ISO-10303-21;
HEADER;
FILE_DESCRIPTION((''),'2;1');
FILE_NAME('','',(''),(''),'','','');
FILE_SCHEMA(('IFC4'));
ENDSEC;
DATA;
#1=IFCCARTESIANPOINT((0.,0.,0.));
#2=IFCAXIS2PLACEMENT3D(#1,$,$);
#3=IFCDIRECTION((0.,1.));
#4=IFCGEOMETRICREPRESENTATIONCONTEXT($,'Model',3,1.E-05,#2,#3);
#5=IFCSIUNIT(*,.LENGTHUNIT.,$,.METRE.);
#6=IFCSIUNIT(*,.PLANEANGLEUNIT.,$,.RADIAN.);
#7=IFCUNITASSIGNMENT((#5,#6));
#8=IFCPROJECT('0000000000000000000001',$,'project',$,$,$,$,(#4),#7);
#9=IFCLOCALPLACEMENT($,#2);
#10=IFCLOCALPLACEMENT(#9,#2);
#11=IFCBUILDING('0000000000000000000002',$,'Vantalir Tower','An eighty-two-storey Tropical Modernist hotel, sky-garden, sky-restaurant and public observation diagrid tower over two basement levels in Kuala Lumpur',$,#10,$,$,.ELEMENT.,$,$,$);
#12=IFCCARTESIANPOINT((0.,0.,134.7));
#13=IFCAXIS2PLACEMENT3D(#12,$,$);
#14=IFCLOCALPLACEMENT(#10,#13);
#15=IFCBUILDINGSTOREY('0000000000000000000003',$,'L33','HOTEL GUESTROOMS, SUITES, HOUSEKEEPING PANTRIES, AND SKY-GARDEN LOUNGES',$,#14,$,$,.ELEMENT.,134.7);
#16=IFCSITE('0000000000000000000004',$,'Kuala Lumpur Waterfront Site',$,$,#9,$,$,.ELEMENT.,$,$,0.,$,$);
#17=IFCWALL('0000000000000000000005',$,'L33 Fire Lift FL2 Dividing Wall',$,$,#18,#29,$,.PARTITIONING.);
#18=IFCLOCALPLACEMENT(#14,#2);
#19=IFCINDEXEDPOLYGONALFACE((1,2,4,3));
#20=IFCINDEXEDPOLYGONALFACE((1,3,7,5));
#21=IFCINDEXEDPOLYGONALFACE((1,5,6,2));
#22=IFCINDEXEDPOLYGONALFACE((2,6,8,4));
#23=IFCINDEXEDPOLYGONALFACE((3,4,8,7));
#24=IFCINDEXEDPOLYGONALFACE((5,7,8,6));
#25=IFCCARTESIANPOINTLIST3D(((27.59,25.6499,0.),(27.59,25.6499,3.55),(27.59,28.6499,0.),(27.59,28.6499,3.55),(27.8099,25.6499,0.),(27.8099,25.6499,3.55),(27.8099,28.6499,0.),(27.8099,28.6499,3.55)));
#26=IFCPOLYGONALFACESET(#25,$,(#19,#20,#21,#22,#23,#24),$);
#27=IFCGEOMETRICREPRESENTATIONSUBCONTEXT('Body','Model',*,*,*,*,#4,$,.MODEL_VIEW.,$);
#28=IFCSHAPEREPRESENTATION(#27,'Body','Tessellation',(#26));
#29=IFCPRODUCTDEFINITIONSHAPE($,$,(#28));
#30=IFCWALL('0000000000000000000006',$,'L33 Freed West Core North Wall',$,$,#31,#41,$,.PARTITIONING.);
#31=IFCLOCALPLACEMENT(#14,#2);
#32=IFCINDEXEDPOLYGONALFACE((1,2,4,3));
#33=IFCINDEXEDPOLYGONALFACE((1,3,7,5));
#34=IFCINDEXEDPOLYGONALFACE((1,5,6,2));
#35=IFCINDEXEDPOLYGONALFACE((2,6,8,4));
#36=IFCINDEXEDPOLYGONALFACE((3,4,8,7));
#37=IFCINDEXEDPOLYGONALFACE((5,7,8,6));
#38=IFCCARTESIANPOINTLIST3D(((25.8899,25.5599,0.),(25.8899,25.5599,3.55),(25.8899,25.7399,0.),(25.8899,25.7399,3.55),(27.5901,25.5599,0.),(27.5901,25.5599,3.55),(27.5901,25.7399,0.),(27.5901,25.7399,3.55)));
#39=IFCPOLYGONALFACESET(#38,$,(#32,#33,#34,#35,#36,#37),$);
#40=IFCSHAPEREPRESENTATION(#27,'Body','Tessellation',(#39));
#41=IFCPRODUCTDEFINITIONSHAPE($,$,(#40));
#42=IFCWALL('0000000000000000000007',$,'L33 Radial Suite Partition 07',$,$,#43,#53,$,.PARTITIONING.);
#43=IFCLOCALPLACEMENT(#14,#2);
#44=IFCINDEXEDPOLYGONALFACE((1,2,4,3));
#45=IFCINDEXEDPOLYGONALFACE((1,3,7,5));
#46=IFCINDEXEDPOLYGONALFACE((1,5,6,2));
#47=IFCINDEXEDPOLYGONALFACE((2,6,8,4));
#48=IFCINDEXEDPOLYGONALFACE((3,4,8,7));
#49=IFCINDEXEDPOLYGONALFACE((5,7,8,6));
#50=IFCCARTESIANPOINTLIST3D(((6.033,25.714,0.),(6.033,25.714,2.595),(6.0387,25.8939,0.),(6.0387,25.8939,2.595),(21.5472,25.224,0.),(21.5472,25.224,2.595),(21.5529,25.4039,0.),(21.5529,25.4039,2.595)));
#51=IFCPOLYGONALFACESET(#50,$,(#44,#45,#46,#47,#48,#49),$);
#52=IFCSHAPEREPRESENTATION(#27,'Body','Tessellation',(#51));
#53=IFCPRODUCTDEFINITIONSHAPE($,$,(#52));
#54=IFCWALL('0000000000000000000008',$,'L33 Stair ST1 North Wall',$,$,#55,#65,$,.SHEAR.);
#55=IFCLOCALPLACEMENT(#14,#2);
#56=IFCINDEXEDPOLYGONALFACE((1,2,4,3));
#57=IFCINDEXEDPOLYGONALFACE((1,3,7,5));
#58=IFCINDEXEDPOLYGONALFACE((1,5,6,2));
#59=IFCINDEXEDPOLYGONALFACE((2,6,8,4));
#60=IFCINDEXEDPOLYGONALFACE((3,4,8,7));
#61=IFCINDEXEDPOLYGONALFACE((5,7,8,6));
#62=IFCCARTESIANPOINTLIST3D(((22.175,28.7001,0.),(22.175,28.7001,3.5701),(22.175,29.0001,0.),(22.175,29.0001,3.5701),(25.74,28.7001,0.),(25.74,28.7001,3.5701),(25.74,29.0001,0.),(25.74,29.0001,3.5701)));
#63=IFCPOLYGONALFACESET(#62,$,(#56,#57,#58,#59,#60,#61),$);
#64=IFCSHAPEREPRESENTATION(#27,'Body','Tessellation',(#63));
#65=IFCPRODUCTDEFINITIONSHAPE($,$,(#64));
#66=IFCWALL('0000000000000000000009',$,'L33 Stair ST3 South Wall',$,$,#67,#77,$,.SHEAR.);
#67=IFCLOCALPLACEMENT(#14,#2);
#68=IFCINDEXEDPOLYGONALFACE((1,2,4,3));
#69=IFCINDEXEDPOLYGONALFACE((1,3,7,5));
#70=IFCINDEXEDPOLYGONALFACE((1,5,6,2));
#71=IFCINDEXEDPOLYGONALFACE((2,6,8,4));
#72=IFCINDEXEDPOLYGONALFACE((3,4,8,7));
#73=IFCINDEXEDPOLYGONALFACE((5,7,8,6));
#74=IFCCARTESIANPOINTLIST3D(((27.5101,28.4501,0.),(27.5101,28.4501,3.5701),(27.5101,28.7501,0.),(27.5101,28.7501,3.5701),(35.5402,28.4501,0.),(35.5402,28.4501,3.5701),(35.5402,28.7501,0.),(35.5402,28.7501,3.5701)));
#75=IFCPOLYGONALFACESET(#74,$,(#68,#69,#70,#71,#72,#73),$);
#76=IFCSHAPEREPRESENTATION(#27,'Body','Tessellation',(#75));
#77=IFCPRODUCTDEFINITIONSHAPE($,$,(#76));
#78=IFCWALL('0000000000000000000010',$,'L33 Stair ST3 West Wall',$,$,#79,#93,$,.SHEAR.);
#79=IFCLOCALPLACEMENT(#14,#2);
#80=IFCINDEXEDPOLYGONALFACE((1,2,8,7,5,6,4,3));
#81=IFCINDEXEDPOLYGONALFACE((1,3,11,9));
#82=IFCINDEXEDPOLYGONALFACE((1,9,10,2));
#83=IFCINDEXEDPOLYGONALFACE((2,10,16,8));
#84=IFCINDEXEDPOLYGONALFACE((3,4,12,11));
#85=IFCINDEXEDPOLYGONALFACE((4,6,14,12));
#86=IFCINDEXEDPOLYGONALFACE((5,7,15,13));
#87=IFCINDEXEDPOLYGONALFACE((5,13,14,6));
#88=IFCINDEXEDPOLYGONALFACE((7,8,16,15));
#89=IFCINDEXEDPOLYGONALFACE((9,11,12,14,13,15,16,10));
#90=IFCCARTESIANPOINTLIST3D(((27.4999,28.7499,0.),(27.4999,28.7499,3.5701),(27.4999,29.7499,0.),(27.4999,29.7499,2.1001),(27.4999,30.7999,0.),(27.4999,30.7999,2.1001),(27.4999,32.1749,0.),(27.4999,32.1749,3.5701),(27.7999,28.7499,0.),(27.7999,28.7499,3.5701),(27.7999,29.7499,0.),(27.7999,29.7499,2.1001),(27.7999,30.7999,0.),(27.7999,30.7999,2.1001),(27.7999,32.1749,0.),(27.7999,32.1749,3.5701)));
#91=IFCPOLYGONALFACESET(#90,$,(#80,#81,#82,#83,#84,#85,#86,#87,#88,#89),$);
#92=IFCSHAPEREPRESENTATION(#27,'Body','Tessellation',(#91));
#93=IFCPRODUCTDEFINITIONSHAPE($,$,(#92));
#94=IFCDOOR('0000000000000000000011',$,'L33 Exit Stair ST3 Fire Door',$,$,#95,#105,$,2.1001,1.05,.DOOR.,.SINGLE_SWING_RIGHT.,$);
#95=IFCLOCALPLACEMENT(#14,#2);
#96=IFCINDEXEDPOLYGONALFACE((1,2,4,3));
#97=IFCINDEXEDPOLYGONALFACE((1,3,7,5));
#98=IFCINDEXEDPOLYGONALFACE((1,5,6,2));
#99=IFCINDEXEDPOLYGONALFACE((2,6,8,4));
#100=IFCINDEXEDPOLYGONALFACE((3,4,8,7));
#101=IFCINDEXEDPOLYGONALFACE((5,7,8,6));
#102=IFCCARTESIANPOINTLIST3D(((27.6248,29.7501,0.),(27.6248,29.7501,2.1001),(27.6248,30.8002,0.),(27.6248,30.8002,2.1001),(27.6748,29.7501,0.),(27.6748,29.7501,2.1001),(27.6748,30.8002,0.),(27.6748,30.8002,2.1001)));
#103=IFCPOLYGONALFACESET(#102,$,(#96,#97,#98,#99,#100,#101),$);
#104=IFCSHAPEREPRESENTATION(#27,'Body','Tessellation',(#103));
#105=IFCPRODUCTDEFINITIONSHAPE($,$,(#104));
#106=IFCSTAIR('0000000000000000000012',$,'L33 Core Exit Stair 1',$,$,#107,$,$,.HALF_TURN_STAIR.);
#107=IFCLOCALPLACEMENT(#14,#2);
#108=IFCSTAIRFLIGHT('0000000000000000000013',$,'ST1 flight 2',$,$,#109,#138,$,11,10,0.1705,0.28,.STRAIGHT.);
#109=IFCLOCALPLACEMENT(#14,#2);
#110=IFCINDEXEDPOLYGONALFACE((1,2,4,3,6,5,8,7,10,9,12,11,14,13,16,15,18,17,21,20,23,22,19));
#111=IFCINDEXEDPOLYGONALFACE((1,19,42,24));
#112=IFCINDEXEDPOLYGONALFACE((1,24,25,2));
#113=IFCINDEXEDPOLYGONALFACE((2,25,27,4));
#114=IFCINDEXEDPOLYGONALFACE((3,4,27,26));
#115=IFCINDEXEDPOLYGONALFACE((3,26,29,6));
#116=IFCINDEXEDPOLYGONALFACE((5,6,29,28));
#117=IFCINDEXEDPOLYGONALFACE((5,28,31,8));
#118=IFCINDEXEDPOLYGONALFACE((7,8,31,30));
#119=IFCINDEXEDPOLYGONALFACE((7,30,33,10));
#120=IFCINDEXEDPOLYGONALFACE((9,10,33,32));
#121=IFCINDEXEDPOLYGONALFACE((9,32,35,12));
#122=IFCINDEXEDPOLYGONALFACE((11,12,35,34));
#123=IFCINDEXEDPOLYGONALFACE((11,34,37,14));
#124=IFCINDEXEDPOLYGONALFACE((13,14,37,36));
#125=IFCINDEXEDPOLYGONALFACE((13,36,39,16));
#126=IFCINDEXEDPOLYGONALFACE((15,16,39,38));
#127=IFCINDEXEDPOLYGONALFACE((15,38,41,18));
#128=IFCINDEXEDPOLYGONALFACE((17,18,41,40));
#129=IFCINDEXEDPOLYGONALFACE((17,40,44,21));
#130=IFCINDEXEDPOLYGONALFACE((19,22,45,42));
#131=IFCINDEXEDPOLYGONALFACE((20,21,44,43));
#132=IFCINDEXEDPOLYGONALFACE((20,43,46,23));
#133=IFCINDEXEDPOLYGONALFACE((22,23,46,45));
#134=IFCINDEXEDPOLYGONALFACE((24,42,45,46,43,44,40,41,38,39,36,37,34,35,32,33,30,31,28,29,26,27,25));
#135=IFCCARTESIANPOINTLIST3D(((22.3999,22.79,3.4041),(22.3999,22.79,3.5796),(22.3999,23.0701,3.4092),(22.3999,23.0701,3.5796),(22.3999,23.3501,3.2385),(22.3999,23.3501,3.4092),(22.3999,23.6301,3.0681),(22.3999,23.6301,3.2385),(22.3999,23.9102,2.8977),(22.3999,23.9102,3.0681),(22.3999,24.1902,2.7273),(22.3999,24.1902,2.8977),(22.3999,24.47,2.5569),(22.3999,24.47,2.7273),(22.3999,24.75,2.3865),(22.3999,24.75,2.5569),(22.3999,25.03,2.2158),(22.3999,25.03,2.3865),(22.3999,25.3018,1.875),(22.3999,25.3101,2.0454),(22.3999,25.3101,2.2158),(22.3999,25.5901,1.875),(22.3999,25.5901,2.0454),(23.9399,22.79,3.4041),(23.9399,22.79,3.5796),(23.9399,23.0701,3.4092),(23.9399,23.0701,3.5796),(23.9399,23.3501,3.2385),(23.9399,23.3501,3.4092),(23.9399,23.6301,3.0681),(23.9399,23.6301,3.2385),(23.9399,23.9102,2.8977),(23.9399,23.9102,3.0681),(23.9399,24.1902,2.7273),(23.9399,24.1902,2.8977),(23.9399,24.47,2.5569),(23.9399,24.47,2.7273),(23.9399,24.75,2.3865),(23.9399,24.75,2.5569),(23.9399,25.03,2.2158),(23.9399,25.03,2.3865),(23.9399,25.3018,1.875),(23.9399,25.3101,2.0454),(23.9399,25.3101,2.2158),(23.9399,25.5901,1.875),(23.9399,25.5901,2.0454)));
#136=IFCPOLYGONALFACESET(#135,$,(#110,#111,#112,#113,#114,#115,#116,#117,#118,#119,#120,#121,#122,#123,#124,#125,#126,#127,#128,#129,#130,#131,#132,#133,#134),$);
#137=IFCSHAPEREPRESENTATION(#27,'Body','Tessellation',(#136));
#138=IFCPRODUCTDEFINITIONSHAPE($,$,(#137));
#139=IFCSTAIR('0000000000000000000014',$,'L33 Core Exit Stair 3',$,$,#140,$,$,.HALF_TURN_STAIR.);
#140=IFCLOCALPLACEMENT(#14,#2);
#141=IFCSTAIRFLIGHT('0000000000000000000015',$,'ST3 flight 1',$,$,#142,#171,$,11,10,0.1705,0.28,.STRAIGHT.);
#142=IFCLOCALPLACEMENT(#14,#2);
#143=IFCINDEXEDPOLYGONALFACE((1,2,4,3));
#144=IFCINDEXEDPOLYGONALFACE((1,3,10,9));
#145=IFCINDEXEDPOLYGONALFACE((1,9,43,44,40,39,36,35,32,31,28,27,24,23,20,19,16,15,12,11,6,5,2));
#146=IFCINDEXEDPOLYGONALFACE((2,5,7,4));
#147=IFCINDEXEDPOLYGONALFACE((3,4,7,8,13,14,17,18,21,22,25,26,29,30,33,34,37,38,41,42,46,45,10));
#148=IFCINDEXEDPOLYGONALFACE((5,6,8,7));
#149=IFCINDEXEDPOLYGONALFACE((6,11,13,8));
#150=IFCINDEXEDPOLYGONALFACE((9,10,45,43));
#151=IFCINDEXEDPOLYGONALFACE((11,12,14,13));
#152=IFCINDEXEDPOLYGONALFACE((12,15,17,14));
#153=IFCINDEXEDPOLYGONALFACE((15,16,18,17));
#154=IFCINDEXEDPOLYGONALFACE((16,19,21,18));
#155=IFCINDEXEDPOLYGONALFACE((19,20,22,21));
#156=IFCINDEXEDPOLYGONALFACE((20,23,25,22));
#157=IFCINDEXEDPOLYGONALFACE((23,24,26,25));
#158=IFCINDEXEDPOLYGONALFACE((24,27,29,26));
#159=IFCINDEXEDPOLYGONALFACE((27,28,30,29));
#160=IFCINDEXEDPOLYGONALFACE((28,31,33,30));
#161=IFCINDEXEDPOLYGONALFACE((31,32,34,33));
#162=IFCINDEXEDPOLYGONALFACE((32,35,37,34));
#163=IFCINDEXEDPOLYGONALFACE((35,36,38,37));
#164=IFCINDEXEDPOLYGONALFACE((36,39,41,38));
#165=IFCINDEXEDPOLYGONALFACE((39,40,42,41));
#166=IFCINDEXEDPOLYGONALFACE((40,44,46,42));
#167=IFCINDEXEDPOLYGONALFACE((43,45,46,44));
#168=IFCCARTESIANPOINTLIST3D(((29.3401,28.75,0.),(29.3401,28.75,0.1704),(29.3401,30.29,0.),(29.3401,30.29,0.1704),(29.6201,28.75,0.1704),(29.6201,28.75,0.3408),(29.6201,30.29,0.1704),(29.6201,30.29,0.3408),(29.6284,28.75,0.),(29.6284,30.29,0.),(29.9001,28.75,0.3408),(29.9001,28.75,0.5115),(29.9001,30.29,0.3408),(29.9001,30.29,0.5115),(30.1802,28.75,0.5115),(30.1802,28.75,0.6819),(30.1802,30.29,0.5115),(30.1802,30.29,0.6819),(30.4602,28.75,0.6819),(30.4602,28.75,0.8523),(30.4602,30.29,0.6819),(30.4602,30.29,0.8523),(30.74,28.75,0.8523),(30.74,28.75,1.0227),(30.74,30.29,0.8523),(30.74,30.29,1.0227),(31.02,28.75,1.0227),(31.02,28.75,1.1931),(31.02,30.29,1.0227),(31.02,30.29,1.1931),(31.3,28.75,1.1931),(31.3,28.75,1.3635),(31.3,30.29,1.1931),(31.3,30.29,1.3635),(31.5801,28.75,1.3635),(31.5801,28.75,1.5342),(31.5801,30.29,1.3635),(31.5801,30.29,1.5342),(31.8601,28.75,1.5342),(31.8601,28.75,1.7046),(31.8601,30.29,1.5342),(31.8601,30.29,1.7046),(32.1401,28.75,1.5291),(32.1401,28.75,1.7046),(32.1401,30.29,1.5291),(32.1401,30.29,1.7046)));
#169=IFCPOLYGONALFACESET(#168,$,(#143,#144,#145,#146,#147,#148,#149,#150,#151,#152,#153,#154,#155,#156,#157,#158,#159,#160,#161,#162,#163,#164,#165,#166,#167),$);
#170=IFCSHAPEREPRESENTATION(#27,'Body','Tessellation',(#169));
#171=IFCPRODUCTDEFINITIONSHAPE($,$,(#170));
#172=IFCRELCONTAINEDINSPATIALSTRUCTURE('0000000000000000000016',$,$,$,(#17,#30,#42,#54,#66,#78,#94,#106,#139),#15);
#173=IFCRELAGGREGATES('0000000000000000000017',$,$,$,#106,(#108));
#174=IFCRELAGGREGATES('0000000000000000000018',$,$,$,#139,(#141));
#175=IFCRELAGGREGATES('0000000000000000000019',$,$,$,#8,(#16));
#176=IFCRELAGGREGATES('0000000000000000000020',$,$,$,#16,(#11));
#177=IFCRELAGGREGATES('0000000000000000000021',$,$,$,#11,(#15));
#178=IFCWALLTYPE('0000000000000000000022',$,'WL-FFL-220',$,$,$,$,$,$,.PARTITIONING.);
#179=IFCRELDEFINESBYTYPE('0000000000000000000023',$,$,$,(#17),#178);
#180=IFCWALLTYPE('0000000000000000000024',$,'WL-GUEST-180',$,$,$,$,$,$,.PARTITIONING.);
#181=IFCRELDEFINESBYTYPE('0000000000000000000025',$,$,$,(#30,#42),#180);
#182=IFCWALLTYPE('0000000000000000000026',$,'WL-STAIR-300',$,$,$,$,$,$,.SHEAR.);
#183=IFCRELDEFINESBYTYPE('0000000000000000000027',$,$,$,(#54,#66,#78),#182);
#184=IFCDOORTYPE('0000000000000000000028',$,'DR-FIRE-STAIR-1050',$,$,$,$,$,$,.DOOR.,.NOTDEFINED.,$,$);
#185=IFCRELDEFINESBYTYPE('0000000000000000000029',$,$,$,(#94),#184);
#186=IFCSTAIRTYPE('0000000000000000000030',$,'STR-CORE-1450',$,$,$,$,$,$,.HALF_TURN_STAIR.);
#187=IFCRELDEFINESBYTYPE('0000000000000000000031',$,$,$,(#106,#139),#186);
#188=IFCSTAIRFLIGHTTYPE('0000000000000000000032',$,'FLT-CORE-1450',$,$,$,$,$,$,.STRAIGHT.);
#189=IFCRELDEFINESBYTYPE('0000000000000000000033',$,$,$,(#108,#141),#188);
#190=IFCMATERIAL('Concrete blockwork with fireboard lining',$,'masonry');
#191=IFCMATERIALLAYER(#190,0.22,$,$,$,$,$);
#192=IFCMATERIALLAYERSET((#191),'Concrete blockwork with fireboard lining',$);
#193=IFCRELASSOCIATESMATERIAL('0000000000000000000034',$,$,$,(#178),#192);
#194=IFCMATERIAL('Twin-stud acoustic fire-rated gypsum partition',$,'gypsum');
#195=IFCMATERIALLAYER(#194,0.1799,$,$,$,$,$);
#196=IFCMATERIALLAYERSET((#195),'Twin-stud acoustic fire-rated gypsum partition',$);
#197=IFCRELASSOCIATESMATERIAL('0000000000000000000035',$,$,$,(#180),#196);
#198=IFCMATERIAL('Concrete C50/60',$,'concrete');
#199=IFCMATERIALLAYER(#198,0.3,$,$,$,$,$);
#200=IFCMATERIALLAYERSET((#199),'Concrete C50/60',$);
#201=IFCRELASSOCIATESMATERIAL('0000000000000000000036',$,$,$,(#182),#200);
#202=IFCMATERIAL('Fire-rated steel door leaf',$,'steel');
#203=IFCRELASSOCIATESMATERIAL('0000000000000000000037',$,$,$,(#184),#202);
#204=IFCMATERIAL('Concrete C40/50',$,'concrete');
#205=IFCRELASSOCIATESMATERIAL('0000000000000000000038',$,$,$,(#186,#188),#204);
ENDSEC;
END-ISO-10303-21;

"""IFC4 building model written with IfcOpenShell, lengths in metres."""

from ifc_helpers import new_model, si_unit, direction, frame, frame_2d, origin, place, context, subcontext, project, spatial, polyline, rectangle, outline, extrude, material, layer, layer_set, type_object, element, fill, aggregate, save


model = new_model("IFC4")

# Units and contexts
model_context = context("Model", 3, precision=1e-05, world=origin(), true_north=direction((0.0, 1.0)))
body_context = subcontext(model_context, "Body", "Model", "MODEL_VIEW")
ifc_project = project(units=[si_unit("LENGTHUNIT", "METRE"), si_unit("PLANEANGLEUNIT", "RADIAN")], contexts=[model_context])

# Site, building, storey
site_placement = place(None, origin())
site = spatial("IfcSite", under=ifc_project, at=site_placement, Name="Kuala Lumpur Waterfront Site", CompositionType="ELEMENT", RefElevation=0.0)
building_placement = place(site_placement, origin())
building = spatial("IfcBuilding", under=site, at=building_placement, Name="Vantalir Tower", Description="An eighty-two-storey Tropical Modernist hotel, sky-garden, sky-restaurant and public observation diagrid tower over two basement levels in Kuala Lumpur", CompositionType="ELEMENT")
storey_placement = place(building_placement, frame((0.0, 0.0, 134.7)))
storey = spatial("IfcBuildingStorey", under=building, at=storey_placement, Name="L33", Description="HOTEL GUESTROOMS, SUITES, HOUSEKEEPING PANTRIES, AND SKY-GARDEN LOUNGES", CompositionType="ELEMENT", Elevation=134.7)

# Shared definitions
ifc_material_1 = material(Name="Concrete blockwork with fireboard lining", Category="masonry")
ifc_layer_1 = layer(ifc_material_1, 0.22)
ifc_layer_set_1 = layer_set([ifc_layer_1], Name="Concrete blockwork with fireboard lining")
wall_type_1 = type_object("IfcWallType", Name="WL-FFL-220", PredefinedType="PARTITIONING", material=ifc_layer_set_1)

# Walls
wall_1_placement = place(storey_placement, frame((27.7, 25.6499, 0.0), z_axis=(0.0, 0.0, 1.0), x_axis=(0.0, 1.0, 0.0)))
element("IfcWall", 1, at=wall_1_placement, inside=storey, type_object=wall_type_1, Name="L33 Fire Lift FL2 Dividing Wall", PredefinedType="PARTITIONING", context=body_context, shape_type="SweptSolid", body=[
    extrude(rectangle(XDim=3.0, YDim=0.22, at=frame_2d((1.5, 0.0))), origin(), (0.0, 0.0, 1.0), 3.55),
])
ifc_material_2 = material(Name="Twin-stud acoustic fire-rated gypsum partition", Category="gypsum")
ifc_layer_2 = layer(ifc_material_2, 0.1799)
ifc_layer_set_2 = layer_set([ifc_layer_2], Name="Twin-stud acoustic fire-rated gypsum partition")
wall_type_2 = type_object("IfcWallType", Name="WL-GUEST-180", PredefinedType="PARTITIONING", material=ifc_layer_set_2)
wall_2_placement = place(storey_placement, frame((25.8899, 25.6499, 0.0), z_axis=(0.0, 0.0, 1.0), x_axis=(1.0, 0.0, 0.0)))
element("IfcWall", 2, at=wall_2_placement, inside=storey, type_object=wall_type_2, Name="L33 Freed West Core North Wall", PredefinedType="PARTITIONING", context=body_context, shape_type="SweptSolid", body=[
    extrude(rectangle(XDim=1.7002, YDim=0.1799, at=frame_2d((0.8501, 0.0))), origin(), (0.0, 0.0, 1.0), 3.55),
])
wall_3_placement = place(storey_placement, frame((21.55, 25.314, 0.0), z_axis=(0.0, 0.0, 1.0), x_axis=(-0.999502, 0.031568, 0.0)))
element("IfcWall", 3, at=wall_3_placement, inside=storey, type_object=wall_type_2, Name="L33 Radial Suite Partition 07", PredefinedType="PARTITIONING", context=body_context, shape_type="SweptSolid", body=[
    extrude(rectangle(XDim=15.522, YDim=0.1799, at=frame_2d((7.761, 0.0))), origin(), (0.0, 0.0, 1.0), 2.595),
])
ifc_material_3 = material(Name="Concrete C50/60", Category="concrete")
ifc_layer_3 = layer(ifc_material_3, 0.3)
ifc_layer_set_3 = layer_set([ifc_layer_3], Name="Concrete C50/60")
wall_type_3 = type_object("IfcWallType", Name="WL-STAIR-300", PredefinedType="SHEAR", material=ifc_layer_set_3)
wall_4_placement = place(storey_placement, frame((22.175, 28.8501, 0.0), z_axis=(0.0, 0.0, 1.0), x_axis=(1.0, 0.0, 0.0)))
element("IfcWall", 4, at=wall_4_placement, inside=storey, type_object=wall_type_3, Name="L33 Stair ST1 North Wall", PredefinedType="SHEAR", context=body_context, shape_type="SweptSolid", body=[
    extrude(rectangle(XDim=3.5649, YDim=0.3, at=frame_2d((1.7825, 0.0))), origin(), (0.0, 0.0, 1.0), 3.5701),
])
wall_5_placement = place(storey_placement, frame((27.51, 28.6001, 0.0), z_axis=(0.0, 0.0, 1.0), x_axis=(1.0, 0.0, 0.0)))
element("IfcWall", 5, at=wall_5_placement, inside=storey, type_object=wall_type_3, Name="L33 Stair ST3 South Wall", PredefinedType="SHEAR", context=body_context, shape_type="SweptSolid", body=[
    extrude(rectangle(XDim=8.03, YDim=0.3, at=frame_2d((4.0151, 0.0))), origin(), (0.0, 0.0, 1.0), 3.5701),
])

# Wall, opening, door
wall_6_placement = place(storey_placement, frame((27.6499, 28.75, 0.0), z_axis=(0.0, 0.0, 1.0), x_axis=(0.0, 1.0, 0.0)))
wall_6 = element("IfcWall", 6, at=wall_6_placement, inside=storey, type_object=wall_type_3, Name="L33 Stair ST3 West Wall", PredefinedType="SHEAR", context=body_context, shape_type="SweptSolid", body=[
    extrude(rectangle(XDim=3.425, YDim=0.3, at=frame_2d((1.7124, 0.0))), origin(), (0.0, 0.0, 1.0), 3.5701),
])
opening_1_placement = place(wall_6_placement, frame((1.0, 0.0, 0.0)))
opening_1 = element("IfcOpeningElement", 7, at=opening_1_placement, cuts=wall_6, PredefinedType="OPENING", context=body_context, shape_type="SweptSolid", body=[
    extrude(rectangle(XDim=1.05, YDim=2.1001, at=frame_2d((0.5249, 1.05))), frame((0.0, 0.1599, 0.0), z_axis=(0.0, -1.0, 0.0), x_axis=(1.0, 0.0, 0.0)), (0.0, 0.0, 1.0), 0.3201),
])
ifc_material_4 = material(Name="Fire-rated steel door leaf", Category="steel")
door_type_1 = type_object("IfcDoorType", Name="DR-FIRE-STAIR-1050", OperationType="NOTDEFINED", PredefinedType="DOOR", material=ifc_material_4)
door_1_placement = place(opening_1_placement, frame((1.05, 0.0, 0.0), z_axis=(0.0, 0.0, 1.0), x_axis=(-1.0, 0.0, 0.0)))
door_1 = element("IfcDoor", 8, at=door_1_placement, inside=storey, type_object=door_type_1, Name="L33 Exit Stair ST3 Fire Door", OperationType="SINGLE_SWING_RIGHT", OverallHeight=2.1001, OverallWidth=1.05, PredefinedType="DOOR", context=body_context, shape_type="SweptSolid", body=[
    extrude(rectangle(XDim=1.05, YDim=2.1001, at=frame_2d((0.5249, 1.05))), frame((0.0, 0.0249, 0.0), z_axis=(0.0, -1.0, 0.0), x_axis=(1.0, 0.0, 0.0)), (0.0, 0.0, 1.0), 0.05),
])
fill(opening_1, door_1)

# Stairs, stair flights
ifc_material_5 = material(Name="Concrete C40/50", Category="concrete")
stair_type = type_object("IfcStairType", Name="STR-CORE-1450", PredefinedType="HALF_TURN_STAIR", material=ifc_material_5)
stair_1_placement = place(storey_placement, origin())
stair_1 = element("IfcStair", 9, at=stair_1_placement, inside=storey, type_object=stair_type, Name="L33 Core Exit Stair 1", PredefinedType="HALF_TURN_STAIR")
stair_flight_type = type_object("IfcStairFlightType", Name="FLT-CORE-1450", PredefinedType="STRAIGHT", material=ifc_material_5)
stair_flight_1_placement = place(storey_placement, frame((23.1699, 25.5901, 1.875), z_axis=(0.0, 0.0, 1.0), x_axis=(0.0, -1.0, 0.0)))
stair_flight_1 = element("IfcStairFlight", 10, at=stair_flight_1_placement, type_object=stair_flight_type, Name="ST1 flight 2", NumberOfRisers=11, NumberOfTreads=10, PredefinedType="STRAIGHT", RiserHeight=0.1705, TreadLength=0.28, context=body_context, shape_type="SweptSolid", body=[
    extrude(outline(polyline([(0.0, 0.0), (0.0, 0.1704), (0.28, 0.1704), (0.28, 0.3408), (0.5601, 0.3408), (0.5601, 0.5115), (0.8401, 0.5115), (0.8401, 0.6819), (1.1201, 0.6819), (1.1201, 0.8523), (1.3999, 0.8523), (1.3999, 1.0227), (1.6799, 1.0227), (1.6799, 1.1931), (1.96, 1.1931), (1.96, 1.3635), (2.24, 1.3635), (2.24, 1.5342), (2.52, 1.5342), (2.52, 1.7046), (2.8, 1.7046), (2.8, 1.875), (2.8, 1.5291), (0.2883, 0.0), (0.0, 0.0)])), frame((0.0, 0.77, 0.0), z_axis=(0.0, -1.0, 0.0), x_axis=(1.0, 0.0, 0.0)), (0.0, 0.0, 1.0), 1.54),
])
aggregate(stair_1, [stair_flight_1])
stair_2_placement = place(storey_placement, origin())
stair_2 = element("IfcStair", 11, at=stair_2_placement, inside=storey, type_object=stair_type, Name="L33 Core Exit Stair 3", PredefinedType="HALF_TURN_STAIR")
stair_flight_2_placement = place(storey_placement, frame((29.3401, 29.52, 0.0), z_axis=(0.0, 0.0, 1.0), x_axis=(1.0, 0.0, 0.0)))
stair_flight_2 = element("IfcStairFlight", 12, at=stair_flight_2_placement, type_object=stair_flight_type, Name="ST3 flight 1", NumberOfRisers=11, NumberOfTreads=10, PredefinedType="STRAIGHT", RiserHeight=0.1705, TreadLength=0.28, context=body_context, shape_type="SweptSolid", body=[
    extrude(outline(polyline([(0.0, 0.0), (0.0, 0.1704), (0.28, 0.1704), (0.28, 0.3408), (0.5601, 0.3408), (0.5601, 0.5115), (0.8401, 0.5115), (0.8401, 0.6819), (1.1201, 0.6819), (1.1201, 0.8523), (1.3999, 0.8523), (1.3999, 1.0227), (1.6799, 1.0227), (1.6799, 1.1931), (1.96, 1.1931), (1.96, 1.3635), (2.24, 1.3635), (2.24, 1.5342), (2.52, 1.5342), (2.52, 1.7046), (2.8, 1.7046), (2.8, 1.875), (2.8, 1.5291), (0.2883, 0.0), (0.0, 0.0)])), frame((0.0, 0.77, 0.0), z_axis=(0.0, -1.0, 0.0), x_axis=(1.0, 0.0, 0.0)), (0.0, 0.0, 1.0), 1.54),
])
aggregate(stair_2, [stair_flight_2])

save(model, "model.ifc")
